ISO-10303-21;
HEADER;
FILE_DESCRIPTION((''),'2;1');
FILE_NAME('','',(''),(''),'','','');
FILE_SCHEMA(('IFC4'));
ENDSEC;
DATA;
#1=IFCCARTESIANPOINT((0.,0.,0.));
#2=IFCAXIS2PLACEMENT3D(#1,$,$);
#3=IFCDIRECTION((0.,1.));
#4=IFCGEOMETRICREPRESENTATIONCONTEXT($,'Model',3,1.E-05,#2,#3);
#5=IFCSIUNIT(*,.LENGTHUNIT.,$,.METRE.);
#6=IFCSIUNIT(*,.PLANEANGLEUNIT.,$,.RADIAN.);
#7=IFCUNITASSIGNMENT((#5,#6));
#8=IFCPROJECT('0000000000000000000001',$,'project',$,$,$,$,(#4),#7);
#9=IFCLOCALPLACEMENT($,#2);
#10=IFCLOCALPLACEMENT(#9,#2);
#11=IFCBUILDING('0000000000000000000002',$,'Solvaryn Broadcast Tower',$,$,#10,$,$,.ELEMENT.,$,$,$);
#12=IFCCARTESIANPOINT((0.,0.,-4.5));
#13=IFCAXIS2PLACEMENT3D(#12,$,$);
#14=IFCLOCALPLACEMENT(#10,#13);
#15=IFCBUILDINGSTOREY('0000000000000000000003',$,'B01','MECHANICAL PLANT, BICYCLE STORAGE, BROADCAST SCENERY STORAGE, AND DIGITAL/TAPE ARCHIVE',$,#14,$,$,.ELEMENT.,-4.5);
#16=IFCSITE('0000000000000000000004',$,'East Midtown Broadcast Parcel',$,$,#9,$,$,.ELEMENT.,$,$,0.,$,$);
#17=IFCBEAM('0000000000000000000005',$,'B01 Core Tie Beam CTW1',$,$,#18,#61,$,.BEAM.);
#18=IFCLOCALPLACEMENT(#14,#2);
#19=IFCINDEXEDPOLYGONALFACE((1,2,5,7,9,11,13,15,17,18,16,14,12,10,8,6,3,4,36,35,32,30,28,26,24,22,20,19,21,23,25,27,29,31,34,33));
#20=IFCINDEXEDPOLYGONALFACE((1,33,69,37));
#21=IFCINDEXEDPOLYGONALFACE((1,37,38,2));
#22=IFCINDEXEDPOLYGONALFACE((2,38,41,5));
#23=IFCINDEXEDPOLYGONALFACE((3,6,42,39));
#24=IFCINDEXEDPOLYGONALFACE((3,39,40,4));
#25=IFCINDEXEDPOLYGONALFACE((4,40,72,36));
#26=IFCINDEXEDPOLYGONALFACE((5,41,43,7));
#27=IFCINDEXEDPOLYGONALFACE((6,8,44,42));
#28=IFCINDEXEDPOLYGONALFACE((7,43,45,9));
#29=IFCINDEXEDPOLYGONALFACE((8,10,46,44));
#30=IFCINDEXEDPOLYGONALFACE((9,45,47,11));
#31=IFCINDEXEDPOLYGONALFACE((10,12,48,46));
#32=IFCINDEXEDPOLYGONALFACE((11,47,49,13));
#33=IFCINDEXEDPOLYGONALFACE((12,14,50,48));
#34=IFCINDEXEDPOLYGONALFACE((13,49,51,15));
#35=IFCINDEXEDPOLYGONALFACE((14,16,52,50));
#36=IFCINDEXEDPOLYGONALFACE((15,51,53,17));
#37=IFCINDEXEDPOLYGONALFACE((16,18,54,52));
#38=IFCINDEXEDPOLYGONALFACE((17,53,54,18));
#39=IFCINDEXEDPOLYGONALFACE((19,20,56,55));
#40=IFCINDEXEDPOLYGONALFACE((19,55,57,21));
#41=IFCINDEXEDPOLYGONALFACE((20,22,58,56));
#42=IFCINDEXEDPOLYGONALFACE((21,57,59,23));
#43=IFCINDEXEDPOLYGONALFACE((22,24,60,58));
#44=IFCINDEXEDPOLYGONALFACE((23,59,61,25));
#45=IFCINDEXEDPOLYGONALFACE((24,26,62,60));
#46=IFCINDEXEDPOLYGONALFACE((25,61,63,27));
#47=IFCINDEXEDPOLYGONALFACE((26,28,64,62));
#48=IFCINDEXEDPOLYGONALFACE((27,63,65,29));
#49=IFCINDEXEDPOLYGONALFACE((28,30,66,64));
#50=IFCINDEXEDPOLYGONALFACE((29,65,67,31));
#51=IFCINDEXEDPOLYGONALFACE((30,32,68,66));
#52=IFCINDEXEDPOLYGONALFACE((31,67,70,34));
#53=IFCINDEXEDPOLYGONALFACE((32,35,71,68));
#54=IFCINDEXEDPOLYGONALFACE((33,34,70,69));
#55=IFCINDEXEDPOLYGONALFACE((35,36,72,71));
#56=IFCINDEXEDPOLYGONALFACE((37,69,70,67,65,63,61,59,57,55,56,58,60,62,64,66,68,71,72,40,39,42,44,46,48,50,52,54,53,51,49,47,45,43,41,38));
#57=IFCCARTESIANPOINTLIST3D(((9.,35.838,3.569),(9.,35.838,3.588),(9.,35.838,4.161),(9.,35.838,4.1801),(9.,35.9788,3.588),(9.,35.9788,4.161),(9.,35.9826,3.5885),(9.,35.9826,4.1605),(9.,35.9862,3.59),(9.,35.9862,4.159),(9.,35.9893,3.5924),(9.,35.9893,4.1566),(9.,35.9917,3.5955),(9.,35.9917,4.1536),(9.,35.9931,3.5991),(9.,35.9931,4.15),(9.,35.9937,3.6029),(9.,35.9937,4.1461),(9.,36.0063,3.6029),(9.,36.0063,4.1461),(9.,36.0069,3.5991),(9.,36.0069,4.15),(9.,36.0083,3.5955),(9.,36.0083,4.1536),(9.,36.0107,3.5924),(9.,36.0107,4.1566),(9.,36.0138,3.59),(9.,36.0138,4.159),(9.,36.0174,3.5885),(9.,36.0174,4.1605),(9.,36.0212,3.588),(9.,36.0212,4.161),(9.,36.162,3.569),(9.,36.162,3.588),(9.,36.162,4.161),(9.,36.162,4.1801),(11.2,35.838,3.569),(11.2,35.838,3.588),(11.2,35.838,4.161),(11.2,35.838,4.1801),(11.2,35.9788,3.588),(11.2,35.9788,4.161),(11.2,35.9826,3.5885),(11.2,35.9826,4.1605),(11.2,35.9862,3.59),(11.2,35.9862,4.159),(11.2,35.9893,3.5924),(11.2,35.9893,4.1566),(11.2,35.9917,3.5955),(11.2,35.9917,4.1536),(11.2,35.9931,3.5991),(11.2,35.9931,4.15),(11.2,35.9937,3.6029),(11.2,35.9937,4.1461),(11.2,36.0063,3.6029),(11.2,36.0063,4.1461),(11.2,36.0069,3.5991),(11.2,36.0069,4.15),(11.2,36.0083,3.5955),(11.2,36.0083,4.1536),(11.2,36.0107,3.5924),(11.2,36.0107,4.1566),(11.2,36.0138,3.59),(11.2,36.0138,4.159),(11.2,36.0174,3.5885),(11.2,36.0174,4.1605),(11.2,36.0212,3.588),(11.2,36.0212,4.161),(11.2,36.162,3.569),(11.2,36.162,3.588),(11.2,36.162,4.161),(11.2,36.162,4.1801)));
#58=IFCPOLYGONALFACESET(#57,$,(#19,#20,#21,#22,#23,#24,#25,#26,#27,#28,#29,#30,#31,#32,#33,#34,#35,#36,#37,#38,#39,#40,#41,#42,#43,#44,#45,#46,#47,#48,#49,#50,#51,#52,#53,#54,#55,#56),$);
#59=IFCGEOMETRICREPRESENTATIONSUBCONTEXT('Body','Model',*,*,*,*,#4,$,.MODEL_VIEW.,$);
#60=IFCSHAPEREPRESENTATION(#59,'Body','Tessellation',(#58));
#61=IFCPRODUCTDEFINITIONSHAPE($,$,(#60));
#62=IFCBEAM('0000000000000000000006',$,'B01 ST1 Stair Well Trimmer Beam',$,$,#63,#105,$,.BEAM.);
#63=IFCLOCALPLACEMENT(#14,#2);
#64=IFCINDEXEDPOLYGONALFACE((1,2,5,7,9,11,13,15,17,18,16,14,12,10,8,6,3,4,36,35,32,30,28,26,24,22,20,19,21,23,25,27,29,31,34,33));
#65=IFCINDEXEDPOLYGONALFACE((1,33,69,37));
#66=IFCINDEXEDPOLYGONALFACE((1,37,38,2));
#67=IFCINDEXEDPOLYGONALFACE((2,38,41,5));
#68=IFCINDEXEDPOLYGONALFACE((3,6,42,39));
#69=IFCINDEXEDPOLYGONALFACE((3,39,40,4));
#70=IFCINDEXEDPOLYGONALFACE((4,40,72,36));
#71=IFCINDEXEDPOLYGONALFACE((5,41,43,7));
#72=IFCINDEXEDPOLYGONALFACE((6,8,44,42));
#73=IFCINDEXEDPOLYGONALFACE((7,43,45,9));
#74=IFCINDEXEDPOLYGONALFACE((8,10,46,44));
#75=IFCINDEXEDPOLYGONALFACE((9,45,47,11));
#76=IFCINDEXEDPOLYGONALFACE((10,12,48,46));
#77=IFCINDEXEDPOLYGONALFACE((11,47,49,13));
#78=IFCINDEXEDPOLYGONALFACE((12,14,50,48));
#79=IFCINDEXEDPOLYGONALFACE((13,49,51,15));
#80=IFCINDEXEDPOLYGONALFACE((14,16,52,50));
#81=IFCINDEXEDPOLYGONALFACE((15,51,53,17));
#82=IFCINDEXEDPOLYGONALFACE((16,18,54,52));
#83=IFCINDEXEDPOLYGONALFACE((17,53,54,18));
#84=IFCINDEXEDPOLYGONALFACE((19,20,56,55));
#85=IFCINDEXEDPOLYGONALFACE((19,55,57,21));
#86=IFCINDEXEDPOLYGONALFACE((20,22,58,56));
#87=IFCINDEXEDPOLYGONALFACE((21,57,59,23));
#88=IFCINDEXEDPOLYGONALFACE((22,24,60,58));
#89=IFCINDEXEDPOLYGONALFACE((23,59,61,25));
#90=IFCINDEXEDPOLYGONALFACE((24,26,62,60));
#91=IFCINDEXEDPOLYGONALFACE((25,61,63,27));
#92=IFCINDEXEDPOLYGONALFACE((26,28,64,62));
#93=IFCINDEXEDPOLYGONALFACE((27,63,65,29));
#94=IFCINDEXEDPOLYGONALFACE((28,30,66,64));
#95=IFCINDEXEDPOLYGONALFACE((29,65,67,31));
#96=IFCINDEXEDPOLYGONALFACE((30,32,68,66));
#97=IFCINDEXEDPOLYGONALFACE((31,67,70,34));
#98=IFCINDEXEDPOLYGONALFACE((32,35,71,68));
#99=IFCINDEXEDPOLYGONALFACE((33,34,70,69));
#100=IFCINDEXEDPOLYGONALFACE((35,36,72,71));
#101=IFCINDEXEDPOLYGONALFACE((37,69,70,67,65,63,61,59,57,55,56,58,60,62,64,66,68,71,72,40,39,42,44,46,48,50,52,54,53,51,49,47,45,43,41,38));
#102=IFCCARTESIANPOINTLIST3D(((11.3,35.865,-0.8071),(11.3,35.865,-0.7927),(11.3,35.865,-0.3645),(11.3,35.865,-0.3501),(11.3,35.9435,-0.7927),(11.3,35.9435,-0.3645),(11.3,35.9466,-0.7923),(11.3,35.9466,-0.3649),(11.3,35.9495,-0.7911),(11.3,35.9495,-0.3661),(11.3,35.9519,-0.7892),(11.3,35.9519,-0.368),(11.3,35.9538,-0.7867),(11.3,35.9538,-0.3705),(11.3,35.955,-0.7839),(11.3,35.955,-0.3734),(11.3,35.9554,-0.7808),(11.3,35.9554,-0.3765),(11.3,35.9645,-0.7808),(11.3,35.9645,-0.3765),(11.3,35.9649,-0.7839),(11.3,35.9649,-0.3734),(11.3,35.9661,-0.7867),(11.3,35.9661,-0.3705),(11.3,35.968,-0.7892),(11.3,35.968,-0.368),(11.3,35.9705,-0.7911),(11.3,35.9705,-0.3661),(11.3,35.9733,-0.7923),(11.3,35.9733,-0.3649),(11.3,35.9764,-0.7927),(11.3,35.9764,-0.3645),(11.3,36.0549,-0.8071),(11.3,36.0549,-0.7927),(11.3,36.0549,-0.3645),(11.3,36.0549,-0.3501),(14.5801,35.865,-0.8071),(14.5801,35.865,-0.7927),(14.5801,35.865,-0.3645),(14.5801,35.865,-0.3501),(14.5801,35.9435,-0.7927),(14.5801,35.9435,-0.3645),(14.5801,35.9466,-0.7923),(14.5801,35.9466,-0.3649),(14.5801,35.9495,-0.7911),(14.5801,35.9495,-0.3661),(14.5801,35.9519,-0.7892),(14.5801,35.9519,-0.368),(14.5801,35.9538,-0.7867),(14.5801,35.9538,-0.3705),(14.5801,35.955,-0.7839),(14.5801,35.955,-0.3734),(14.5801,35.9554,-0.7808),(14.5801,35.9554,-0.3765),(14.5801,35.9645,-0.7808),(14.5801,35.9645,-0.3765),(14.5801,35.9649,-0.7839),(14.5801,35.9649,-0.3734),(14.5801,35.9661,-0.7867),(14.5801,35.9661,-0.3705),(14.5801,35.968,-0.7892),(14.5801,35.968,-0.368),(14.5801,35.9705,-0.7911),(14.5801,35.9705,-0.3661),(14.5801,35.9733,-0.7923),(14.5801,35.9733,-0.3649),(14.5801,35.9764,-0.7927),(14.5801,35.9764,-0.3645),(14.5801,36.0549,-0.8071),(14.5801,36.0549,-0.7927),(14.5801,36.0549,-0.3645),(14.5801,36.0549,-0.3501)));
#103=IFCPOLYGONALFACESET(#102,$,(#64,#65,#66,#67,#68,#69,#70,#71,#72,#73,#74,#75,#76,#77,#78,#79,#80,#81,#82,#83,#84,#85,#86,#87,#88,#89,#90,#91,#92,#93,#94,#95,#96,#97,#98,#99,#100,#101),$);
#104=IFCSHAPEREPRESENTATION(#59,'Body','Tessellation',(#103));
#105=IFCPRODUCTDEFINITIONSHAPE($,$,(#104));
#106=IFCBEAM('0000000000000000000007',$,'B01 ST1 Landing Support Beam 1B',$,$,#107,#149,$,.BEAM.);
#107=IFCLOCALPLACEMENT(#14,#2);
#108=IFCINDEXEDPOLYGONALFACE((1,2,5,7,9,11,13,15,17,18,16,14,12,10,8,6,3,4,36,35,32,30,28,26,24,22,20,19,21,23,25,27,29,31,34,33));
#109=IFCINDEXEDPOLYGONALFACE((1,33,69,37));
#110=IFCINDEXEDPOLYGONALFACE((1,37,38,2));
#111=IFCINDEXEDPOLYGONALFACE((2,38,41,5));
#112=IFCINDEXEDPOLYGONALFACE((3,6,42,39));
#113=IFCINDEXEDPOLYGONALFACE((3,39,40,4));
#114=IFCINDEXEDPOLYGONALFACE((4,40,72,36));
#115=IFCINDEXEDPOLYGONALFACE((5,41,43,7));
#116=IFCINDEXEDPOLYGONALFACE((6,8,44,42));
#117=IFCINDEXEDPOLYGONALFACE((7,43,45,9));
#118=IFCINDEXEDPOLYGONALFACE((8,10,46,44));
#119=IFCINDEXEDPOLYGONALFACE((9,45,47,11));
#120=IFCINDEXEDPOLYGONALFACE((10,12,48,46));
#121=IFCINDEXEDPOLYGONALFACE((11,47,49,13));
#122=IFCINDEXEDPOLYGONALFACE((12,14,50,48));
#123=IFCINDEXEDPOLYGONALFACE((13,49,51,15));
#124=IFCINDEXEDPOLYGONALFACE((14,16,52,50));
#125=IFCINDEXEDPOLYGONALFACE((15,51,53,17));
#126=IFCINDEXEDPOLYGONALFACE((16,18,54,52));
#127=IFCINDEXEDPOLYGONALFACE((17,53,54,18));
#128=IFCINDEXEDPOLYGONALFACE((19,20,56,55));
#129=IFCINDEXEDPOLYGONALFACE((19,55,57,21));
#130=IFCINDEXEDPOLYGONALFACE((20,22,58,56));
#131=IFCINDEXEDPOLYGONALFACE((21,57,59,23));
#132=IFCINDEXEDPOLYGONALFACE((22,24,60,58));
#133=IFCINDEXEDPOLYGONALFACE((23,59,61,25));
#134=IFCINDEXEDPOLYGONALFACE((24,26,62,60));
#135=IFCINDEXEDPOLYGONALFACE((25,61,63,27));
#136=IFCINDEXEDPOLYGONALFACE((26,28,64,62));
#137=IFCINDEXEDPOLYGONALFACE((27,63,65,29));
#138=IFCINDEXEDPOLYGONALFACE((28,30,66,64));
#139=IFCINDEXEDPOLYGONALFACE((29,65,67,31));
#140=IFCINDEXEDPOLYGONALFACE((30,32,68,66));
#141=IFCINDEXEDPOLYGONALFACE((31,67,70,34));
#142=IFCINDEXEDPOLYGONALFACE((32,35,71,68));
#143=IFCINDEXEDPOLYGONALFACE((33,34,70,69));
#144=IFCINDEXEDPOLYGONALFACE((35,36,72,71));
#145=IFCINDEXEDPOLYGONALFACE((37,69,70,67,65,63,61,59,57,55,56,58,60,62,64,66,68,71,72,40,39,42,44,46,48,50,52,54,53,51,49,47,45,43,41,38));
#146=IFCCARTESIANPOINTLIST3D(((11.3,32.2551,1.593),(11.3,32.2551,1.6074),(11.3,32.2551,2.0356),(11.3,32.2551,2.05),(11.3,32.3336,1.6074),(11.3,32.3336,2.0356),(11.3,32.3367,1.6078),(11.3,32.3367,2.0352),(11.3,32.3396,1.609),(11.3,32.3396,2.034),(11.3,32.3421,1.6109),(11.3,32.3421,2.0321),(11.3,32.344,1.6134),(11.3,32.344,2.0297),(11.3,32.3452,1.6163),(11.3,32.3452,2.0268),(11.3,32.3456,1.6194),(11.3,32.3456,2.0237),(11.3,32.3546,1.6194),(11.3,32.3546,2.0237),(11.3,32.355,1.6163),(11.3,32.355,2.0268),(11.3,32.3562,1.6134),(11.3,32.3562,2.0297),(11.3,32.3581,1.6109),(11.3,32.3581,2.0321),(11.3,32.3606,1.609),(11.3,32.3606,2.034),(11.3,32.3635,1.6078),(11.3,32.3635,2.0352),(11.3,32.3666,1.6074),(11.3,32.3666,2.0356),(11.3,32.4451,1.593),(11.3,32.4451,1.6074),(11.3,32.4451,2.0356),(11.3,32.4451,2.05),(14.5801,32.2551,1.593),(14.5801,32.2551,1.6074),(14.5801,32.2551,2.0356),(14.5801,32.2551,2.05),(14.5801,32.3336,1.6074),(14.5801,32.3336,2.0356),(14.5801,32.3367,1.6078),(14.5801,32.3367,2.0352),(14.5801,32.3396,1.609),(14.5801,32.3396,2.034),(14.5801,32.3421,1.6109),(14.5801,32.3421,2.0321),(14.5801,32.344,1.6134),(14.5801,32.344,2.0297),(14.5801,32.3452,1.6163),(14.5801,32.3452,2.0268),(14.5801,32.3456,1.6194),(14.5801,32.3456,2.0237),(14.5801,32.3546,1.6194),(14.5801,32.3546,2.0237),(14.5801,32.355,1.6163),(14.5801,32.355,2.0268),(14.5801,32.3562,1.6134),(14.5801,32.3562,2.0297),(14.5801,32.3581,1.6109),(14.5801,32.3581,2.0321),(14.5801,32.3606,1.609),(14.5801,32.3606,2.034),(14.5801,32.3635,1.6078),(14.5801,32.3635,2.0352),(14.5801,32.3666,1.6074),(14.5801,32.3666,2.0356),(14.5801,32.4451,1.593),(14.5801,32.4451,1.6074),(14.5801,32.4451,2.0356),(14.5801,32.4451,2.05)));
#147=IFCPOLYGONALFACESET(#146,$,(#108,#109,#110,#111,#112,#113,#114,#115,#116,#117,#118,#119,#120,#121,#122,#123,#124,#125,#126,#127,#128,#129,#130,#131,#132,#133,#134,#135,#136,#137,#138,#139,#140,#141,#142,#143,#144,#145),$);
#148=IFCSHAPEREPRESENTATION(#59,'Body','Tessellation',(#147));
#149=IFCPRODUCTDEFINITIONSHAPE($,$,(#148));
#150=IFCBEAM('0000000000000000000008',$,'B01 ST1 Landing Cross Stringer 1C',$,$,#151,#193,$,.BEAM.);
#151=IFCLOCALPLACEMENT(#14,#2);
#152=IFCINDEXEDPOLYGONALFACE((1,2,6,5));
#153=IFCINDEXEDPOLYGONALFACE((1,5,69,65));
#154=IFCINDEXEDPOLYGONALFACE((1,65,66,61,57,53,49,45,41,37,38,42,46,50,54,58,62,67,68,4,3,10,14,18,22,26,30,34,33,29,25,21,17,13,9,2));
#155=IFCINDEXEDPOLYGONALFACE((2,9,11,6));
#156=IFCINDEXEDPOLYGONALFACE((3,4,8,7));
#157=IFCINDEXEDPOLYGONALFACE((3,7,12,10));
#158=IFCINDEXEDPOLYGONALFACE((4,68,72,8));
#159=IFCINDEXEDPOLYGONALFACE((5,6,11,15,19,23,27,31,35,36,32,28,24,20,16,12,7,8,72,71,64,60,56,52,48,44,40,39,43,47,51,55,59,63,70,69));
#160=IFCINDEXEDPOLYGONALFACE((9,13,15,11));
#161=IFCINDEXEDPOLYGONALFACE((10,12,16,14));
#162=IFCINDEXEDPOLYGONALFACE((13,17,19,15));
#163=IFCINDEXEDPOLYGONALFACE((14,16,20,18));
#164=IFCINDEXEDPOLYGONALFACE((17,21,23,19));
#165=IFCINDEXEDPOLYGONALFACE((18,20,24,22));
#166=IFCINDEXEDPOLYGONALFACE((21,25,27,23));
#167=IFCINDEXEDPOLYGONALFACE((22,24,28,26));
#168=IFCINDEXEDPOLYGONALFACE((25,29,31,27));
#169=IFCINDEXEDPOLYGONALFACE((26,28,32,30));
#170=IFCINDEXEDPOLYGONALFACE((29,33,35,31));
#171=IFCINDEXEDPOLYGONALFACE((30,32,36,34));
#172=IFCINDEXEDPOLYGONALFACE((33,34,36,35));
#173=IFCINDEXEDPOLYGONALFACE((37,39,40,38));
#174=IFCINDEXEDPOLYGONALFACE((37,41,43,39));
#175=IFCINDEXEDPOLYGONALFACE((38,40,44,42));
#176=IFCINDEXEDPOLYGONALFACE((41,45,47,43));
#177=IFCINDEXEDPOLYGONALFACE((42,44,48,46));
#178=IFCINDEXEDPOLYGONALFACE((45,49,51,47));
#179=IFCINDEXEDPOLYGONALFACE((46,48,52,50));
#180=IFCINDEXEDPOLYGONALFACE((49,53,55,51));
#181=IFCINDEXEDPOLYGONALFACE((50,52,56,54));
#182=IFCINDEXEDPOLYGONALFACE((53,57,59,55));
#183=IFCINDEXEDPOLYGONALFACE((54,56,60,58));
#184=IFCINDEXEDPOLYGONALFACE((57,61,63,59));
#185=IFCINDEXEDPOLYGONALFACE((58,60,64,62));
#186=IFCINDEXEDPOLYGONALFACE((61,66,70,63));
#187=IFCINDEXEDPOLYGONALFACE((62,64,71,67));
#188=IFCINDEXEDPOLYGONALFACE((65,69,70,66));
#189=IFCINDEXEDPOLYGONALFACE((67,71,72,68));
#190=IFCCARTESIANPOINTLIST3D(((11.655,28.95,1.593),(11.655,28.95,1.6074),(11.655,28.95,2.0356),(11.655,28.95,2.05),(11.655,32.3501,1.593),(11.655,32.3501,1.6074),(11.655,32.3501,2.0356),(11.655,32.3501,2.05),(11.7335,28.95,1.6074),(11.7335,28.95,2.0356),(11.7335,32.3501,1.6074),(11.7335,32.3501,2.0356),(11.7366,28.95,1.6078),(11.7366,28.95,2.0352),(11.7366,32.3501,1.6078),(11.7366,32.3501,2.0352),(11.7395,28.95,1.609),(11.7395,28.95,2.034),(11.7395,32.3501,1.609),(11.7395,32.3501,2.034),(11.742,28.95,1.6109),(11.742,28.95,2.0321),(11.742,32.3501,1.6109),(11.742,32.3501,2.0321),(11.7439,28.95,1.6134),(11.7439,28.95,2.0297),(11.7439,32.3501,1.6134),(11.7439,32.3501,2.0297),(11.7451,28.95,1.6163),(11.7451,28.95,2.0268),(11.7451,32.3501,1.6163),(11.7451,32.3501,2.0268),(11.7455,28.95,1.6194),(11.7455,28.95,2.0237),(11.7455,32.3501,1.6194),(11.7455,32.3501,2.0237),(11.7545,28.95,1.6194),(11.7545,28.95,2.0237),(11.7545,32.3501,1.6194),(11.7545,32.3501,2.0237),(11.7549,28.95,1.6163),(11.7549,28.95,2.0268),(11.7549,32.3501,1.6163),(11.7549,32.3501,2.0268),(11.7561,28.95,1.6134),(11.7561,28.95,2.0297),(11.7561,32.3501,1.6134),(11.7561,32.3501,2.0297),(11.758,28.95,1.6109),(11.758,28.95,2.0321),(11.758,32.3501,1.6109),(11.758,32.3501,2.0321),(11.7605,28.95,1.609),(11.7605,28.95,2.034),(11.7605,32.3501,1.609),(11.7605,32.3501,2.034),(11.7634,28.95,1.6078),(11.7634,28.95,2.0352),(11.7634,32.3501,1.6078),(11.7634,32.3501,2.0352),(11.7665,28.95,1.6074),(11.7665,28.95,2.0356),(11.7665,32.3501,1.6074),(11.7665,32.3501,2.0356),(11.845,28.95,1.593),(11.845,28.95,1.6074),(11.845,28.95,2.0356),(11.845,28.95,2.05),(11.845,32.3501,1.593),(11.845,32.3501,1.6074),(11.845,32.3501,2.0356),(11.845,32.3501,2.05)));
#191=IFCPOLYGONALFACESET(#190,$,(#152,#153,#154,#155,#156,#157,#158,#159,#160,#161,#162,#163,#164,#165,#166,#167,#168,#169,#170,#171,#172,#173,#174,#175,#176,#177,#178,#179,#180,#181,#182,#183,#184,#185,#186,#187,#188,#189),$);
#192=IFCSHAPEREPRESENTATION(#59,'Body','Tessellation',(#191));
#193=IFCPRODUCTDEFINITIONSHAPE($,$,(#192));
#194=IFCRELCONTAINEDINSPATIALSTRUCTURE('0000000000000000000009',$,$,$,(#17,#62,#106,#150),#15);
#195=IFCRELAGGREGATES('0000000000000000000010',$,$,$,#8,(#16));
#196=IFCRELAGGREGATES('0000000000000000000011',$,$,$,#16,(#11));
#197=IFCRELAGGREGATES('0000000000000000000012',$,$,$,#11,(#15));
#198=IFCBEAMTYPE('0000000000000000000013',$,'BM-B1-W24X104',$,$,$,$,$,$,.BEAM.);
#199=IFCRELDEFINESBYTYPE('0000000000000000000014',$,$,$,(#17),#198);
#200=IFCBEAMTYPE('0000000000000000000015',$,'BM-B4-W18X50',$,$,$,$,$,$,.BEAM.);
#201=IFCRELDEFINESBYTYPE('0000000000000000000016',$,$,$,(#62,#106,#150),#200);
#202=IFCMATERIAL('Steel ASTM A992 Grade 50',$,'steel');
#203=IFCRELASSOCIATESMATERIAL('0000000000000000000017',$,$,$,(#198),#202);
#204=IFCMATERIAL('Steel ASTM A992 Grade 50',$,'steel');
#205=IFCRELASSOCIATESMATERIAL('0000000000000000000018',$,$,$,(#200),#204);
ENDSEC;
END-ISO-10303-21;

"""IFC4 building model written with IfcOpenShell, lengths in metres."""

from ifc_helpers import new_model, si_unit, direction, frame, origin, origin_2d, place, context, subcontext, project, spatial, i_section, extrude, material, material_profile, profile_set, type_object, element, save


model = new_model("IFC4")

# Units and contexts
model_context = context("Model", 3, precision=1e-05, world=origin(), true_north=direction((0.0, 1.0)))
body_context = subcontext(model_context, "Body", "Model", "MODEL_VIEW")
ifc_project = project(units=[si_unit("LENGTHUNIT", "METRE"), si_unit("PLANEANGLEUNIT", "RADIAN")], contexts=[model_context])

# Site, building, storey
site_placement = place(None, origin())
site = spatial("IfcSite", under=ifc_project, at=site_placement, Name="East Midtown Broadcast Parcel", CompositionType="ELEMENT", RefElevation=0.0)
building_placement = place(site_placement, origin())
building = spatial("IfcBuilding", under=site, at=building_placement, Name="Solvaryn Broadcast Tower", CompositionType="ELEMENT")
storey_placement = place(building_placement, frame((0.0, 0.0, -4.5)))
storey = spatial("IfcBuildingStorey", under=building, at=storey_placement, Name="B01", Description="MECHANICAL PLANT, BICYCLE STORAGE, BROADCAST SCENERY STORAGE, AND DIGITAL/TAPE ARCHIVE", CompositionType="ELEMENT", Elevation=-4.5)

# Beams
ifc_material_1 = material(Name="Steel ASTM A992 Grade 50", Category="steel")
ifc_material_profile_1 = material_profile(ifc_material_1, i_section(OverallWidth=0.324, OverallDepth=0.6111, WebThickness=0.0127, FlangeThickness=0.019, FilletRadius=0.0149, at=origin_2d()))
ifc_profile_set_1 = profile_set([ifc_material_profile_1], Name="Steel ASTM A992 Grade 50")
beam_type_1 = type_object("IfcBeamType", Name="BM-B1-W24X104", PredefinedType="BEAM", material=ifc_profile_set_1)
beam_1_placement = place(storey_placement, frame((9.0, 36.0, 3.8745), z_axis=(1.0, 0.0, 0.0), x_axis=(0.0, 1.0, 0.0)))
element("IfcBeam", 1, at=beam_1_placement, inside=storey, type_object=beam_type_1, Name="B01 Core Tie Beam CTW1", PredefinedType="BEAM", context=body_context, shape_type="SweptSolid", body=[
    extrude(i_section(OverallWidth=0.324, OverallDepth=0.6111, WebThickness=0.0127, FlangeThickness=0.019, FilletRadius=0.0149, at=origin_2d()), origin(), (0.0, 0.0, 1.0), 2.2),
])
ifc_material_2 = material(Name="Steel ASTM A992 Grade 50", Category="steel")
ifc_material_profile_2 = material_profile(ifc_material_2, i_section(OverallWidth=0.1899, OverallDepth=0.457, WebThickness=0.009, FlangeThickness=0.0144, FilletRadius=0.012, at=origin_2d()))
ifc_profile_set_2 = profile_set([ifc_material_profile_2], Name="Steel ASTM A992 Grade 50")
beam_type_2 = type_object("IfcBeamType", Name="BM-B4-W18X50", PredefinedType="BEAM", material=ifc_profile_set_2)
for number, where, z_axis, x_axis, name in (
    (2, (11.3, 35.96, -0.5786), (1.0, 0.0, 0.0), (0.0, 1.0, 0.0), "B01 ST1 Stair Well Trimmer Beam"),
    (3, (11.3, 32.3501, 1.8215), (1.0, 0.0, 0.0), (0.0, 1.0, 0.0), "B01 ST1 Landing Support Beam 1B"),
):
    element("IfcBeam", number, at=place(storey_placement, frame(where, z_axis=z_axis, x_axis=x_axis)), inside=storey, type_object=beam_type_2, Name=name, PredefinedType="BEAM", context=body_context, shape_type="SweptSolid", body=[
        extrude(i_section(OverallWidth=0.1899, OverallDepth=0.457, WebThickness=0.009, FlangeThickness=0.0144, FilletRadius=0.012, at=origin_2d()), origin(), (0.0, 0.0, 1.0), 3.28),
    ])
beam_2_placement = place(storey_placement, frame((11.75, 28.95, 1.8215), z_axis=(0.0, 1.0, 0.0), x_axis=(-1.0, 0.0, 0.0)))
element("IfcBeam", 4, at=beam_2_placement, inside=storey, type_object=beam_type_2, Name="B01 ST1 Landing Cross Stringer 1C", PredefinedType="BEAM", context=body_context, shape_type="SweptSolid", body=[
    extrude(i_section(OverallWidth=0.1899, OverallDepth=0.457, WebThickness=0.009, FlangeThickness=0.0144, FilletRadius=0.012, at=origin_2d()), origin(), (0.0, 0.0, 1.0), 3.4001),
])

save(model, "model.ifc")
